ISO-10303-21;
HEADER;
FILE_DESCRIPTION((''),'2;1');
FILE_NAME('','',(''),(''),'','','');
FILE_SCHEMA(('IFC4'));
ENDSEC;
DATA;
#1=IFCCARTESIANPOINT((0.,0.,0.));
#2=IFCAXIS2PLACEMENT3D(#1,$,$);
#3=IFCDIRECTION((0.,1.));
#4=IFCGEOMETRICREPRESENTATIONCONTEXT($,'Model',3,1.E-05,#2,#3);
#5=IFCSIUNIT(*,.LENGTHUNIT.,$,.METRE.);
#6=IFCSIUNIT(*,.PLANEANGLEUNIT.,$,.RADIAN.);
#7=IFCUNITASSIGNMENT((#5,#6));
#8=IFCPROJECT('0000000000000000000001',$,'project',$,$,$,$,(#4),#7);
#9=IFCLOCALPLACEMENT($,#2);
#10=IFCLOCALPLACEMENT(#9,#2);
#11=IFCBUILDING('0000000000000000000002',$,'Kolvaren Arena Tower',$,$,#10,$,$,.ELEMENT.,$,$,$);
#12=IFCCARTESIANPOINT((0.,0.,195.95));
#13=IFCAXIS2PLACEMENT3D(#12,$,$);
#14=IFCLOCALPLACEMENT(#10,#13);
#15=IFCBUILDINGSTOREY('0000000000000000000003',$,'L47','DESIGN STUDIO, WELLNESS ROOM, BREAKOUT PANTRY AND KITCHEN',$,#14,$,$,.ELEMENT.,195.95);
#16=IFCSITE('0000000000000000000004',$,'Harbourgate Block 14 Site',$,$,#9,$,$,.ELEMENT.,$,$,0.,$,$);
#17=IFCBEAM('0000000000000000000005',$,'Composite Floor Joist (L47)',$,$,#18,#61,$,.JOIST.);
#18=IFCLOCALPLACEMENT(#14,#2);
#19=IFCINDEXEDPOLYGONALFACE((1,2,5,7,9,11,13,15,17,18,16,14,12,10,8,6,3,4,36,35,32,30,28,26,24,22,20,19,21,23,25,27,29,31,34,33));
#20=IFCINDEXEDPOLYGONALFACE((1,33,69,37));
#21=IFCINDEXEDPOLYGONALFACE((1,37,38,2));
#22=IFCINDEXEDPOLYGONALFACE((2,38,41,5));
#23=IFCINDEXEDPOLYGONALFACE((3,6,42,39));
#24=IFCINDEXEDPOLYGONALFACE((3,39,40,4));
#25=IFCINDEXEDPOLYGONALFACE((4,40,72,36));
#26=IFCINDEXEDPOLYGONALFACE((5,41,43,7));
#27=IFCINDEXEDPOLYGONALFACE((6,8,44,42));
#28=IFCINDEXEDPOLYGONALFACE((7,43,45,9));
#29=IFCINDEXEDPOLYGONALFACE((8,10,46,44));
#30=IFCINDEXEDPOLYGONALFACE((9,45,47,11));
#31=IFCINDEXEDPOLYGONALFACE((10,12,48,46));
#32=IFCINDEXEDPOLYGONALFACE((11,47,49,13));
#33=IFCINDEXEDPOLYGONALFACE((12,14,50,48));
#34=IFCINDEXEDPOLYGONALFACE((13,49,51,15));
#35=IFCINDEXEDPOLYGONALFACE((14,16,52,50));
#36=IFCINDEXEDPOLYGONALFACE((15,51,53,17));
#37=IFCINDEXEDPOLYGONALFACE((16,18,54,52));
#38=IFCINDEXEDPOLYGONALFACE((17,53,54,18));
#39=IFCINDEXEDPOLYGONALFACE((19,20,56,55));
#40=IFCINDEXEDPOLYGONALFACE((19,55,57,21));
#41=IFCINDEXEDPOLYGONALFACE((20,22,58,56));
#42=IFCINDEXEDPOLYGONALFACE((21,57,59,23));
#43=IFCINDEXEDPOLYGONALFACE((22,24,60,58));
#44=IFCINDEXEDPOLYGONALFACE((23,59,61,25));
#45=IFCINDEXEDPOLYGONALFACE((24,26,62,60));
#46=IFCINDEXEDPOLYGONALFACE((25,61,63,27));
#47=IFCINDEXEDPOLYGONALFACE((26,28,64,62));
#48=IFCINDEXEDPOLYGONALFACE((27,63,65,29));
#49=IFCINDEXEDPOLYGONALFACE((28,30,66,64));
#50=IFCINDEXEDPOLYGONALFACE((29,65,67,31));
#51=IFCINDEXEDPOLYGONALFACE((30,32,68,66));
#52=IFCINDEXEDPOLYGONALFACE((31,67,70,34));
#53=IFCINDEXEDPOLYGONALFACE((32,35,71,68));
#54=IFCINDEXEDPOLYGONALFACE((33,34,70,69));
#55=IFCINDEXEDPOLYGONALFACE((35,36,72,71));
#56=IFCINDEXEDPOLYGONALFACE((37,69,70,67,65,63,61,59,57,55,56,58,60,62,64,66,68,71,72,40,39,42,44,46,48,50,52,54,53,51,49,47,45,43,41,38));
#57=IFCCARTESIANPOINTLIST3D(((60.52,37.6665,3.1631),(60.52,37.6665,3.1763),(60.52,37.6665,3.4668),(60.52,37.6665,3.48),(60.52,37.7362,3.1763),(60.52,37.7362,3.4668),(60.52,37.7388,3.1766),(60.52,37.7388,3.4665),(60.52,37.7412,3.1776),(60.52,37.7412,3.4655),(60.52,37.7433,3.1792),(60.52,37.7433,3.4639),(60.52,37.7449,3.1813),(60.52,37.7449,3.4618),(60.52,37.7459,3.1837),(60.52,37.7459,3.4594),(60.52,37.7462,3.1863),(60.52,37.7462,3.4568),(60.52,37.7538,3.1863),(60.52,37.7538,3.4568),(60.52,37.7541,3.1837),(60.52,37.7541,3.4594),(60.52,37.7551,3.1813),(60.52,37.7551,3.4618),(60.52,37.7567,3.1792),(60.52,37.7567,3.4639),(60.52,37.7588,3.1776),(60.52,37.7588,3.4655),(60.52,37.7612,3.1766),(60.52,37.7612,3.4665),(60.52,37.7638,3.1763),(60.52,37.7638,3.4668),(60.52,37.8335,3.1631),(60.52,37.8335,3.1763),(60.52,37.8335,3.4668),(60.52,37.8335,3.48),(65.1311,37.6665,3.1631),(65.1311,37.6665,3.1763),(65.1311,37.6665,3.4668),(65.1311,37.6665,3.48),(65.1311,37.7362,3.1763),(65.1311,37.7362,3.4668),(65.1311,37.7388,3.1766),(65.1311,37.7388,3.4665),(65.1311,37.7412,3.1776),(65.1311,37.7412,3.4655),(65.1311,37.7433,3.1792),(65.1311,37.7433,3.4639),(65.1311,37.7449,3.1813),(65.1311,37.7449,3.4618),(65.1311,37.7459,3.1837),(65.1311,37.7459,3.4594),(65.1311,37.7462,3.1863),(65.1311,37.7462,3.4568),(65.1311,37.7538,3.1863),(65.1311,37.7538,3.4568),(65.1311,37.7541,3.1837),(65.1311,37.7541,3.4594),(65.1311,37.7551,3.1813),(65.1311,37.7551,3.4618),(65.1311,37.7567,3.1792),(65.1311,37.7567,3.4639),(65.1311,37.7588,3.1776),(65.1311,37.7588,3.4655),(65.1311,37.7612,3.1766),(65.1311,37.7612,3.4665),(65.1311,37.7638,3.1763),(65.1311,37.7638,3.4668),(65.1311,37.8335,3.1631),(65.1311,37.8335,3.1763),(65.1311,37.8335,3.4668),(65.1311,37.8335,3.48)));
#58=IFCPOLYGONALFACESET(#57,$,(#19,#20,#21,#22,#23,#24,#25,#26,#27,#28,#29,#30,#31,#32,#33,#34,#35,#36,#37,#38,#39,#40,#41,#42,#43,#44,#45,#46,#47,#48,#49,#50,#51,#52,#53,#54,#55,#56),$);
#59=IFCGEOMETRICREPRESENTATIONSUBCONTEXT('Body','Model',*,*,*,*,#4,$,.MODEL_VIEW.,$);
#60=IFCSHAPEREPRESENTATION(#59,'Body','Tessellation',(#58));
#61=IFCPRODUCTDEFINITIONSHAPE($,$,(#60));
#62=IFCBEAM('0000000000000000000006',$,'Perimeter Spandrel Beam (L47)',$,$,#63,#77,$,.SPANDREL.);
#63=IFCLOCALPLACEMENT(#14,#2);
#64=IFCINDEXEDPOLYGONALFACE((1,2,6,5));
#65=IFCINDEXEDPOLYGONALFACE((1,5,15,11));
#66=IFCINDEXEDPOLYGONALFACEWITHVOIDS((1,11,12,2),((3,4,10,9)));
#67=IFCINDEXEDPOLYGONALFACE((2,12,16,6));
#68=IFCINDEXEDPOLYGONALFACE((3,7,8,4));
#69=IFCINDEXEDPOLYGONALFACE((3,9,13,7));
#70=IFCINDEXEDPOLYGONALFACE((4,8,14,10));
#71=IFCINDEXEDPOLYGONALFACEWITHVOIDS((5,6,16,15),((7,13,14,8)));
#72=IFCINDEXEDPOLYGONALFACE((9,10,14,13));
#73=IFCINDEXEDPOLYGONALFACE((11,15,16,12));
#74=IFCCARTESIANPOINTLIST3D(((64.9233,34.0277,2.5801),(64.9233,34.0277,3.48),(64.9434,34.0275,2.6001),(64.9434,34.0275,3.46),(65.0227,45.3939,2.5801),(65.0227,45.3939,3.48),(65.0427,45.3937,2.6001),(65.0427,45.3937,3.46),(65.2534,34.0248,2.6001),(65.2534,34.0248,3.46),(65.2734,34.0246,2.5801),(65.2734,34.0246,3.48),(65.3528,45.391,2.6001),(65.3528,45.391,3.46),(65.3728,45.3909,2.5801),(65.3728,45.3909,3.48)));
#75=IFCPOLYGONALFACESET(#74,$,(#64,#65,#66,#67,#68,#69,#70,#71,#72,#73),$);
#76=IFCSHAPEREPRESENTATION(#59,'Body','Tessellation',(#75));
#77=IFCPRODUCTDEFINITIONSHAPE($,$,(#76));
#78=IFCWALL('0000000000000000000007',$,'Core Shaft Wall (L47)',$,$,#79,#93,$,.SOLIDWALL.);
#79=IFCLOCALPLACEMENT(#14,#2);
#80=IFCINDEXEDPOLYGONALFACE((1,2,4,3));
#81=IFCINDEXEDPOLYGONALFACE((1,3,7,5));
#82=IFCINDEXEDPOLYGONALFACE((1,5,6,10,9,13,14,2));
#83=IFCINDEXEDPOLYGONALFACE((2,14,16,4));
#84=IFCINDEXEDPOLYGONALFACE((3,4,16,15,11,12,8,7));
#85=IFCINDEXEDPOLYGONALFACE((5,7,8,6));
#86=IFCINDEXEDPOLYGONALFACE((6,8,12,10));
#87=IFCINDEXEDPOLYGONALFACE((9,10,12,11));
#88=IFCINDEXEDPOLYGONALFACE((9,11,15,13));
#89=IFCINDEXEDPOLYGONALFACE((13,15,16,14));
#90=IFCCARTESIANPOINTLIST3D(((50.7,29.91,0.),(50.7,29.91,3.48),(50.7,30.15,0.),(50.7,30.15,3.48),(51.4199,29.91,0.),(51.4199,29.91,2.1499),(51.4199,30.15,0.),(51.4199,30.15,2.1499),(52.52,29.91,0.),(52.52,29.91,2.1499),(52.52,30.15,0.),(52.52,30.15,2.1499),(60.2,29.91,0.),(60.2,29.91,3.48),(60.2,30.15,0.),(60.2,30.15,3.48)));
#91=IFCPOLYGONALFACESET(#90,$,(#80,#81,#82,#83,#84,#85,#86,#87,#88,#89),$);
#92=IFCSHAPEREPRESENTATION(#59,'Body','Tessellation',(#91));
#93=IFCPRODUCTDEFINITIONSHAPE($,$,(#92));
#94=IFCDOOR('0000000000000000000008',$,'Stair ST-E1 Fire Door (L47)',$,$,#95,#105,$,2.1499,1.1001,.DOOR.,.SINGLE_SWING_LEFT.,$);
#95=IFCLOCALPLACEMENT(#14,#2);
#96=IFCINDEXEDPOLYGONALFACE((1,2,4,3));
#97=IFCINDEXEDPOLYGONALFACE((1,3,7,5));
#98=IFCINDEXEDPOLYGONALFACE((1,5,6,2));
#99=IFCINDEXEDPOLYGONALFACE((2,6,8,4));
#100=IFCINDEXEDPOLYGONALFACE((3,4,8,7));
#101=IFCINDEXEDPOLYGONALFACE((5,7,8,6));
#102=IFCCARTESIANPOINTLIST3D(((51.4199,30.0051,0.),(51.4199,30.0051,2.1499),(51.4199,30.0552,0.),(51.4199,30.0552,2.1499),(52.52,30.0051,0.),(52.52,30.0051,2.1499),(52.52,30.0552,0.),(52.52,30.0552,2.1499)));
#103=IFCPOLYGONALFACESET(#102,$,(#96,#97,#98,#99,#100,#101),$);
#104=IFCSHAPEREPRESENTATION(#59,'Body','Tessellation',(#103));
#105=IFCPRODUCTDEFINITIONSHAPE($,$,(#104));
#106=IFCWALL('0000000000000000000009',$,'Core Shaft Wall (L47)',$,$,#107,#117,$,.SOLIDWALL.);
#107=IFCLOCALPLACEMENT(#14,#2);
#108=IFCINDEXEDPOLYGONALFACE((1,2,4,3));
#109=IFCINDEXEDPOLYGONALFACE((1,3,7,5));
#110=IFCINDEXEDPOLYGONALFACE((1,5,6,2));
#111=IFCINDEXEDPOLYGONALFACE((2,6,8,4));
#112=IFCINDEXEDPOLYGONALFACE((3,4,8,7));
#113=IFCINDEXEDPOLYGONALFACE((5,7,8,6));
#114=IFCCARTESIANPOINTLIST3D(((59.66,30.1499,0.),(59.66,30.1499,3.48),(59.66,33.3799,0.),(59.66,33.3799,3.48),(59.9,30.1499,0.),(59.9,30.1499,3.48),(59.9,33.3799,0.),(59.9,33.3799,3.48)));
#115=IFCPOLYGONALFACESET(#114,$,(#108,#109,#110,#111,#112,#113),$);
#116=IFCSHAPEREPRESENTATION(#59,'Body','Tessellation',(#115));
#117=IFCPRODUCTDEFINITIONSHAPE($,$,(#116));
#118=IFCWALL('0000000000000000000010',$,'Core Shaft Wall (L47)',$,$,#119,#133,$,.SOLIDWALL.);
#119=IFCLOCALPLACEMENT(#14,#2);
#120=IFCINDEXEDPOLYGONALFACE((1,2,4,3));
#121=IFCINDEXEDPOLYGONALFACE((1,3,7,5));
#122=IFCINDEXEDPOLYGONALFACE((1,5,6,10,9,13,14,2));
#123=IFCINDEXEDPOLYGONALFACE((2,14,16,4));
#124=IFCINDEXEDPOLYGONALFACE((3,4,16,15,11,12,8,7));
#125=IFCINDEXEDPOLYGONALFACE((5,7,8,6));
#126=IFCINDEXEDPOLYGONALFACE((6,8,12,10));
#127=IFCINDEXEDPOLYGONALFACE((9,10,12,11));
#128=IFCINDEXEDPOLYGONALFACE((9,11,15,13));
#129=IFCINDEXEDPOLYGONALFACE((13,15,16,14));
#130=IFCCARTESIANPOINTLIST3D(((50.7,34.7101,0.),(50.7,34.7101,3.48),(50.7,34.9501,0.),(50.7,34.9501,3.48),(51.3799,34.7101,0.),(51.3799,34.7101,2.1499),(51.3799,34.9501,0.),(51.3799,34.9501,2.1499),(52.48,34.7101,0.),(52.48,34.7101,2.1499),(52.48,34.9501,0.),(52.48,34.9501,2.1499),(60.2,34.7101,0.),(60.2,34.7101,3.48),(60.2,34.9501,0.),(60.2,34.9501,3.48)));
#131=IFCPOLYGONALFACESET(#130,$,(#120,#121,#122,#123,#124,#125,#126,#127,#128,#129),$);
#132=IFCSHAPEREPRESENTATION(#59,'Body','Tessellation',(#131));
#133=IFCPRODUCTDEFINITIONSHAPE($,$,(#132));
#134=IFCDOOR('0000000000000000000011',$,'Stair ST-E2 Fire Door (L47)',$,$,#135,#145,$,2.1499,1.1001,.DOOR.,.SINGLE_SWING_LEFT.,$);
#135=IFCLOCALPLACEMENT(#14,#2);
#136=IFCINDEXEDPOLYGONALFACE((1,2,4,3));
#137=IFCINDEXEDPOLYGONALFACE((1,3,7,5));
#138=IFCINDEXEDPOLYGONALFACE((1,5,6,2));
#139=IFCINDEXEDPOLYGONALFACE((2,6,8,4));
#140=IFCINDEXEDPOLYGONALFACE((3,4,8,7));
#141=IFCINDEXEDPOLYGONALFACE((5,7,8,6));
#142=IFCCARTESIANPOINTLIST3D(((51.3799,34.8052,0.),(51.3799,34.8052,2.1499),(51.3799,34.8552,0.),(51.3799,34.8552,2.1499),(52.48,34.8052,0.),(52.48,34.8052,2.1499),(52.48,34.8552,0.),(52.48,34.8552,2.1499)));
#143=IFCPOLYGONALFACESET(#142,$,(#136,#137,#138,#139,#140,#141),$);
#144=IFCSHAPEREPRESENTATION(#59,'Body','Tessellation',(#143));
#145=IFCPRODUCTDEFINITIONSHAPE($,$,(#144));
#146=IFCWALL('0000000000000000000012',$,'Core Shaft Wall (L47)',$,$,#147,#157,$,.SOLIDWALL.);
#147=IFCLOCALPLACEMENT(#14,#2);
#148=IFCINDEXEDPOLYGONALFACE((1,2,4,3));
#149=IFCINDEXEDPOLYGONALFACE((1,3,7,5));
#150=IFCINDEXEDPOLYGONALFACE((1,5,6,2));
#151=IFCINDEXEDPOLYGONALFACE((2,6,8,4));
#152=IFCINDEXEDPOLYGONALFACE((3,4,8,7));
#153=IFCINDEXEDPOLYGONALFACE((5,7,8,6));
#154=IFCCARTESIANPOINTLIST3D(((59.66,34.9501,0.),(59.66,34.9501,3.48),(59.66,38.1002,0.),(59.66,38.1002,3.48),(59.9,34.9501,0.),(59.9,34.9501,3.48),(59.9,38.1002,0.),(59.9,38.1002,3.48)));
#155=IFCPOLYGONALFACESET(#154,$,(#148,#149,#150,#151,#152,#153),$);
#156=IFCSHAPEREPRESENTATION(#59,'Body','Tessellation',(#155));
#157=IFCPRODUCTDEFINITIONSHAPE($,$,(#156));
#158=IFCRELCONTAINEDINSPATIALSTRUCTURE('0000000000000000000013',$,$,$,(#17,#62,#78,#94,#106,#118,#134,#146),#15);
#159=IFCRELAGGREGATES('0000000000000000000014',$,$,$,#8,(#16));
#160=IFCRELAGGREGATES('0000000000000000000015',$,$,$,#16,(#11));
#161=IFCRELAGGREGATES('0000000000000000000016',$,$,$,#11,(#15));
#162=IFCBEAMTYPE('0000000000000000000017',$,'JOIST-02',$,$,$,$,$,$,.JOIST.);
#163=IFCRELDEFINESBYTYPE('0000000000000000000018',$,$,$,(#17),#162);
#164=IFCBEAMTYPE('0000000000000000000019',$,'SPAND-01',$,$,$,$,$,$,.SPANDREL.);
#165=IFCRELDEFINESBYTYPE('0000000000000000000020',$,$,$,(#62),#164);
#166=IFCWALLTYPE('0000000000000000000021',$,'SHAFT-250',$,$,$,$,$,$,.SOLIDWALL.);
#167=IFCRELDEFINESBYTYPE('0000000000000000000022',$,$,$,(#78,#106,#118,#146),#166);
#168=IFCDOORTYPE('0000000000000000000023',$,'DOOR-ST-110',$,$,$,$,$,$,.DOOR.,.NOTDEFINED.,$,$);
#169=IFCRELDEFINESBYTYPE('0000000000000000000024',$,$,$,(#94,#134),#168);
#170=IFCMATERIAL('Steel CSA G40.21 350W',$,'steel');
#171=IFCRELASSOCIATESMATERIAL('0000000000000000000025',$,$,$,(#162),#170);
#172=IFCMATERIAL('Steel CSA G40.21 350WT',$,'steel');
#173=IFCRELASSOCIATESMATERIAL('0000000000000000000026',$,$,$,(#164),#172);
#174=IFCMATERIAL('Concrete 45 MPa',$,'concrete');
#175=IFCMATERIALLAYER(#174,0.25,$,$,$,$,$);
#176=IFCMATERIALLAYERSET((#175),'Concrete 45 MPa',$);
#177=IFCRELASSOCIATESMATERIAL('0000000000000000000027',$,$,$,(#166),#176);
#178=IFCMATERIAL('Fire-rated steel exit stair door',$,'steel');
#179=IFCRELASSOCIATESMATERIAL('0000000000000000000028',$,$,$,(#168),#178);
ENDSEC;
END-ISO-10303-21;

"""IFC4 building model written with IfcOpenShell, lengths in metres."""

from ifc_helpers import new_model, si_unit, direction, frame, frame_2d, origin, origin_2d, place, context, subcontext, project, spatial, rectangle, hollow_rectangle, i_section, extrude, material, layer, layer_set, material_profile, profile_set, type_object, element, fill, save


model = new_model("IFC4")

# Units and contexts
model_context = context("Model", 3, precision=1e-05, world=origin(), true_north=direction((0.0, 1.0)))
body_context = subcontext(model_context, "Body", "Model", "MODEL_VIEW")
ifc_project = project(units=[si_unit("LENGTHUNIT", "METRE"), si_unit("PLANEANGLEUNIT", "RADIAN")], contexts=[model_context])

# Site, building, storey
site_placement = place(None, origin())
site = spatial("IfcSite", under=ifc_project, at=site_placement, Name="Harbourgate Block 14 Site", CompositionType="ELEMENT", RefElevation=0.0)
building_placement = place(site_placement, origin())
building = spatial("IfcBuilding", under=site, at=building_placement, Name="Kolvaren Arena Tower", CompositionType="ELEMENT")
storey_placement = place(building_placement, frame((0.0, 0.0, 195.95)))
storey = spatial("IfcBuildingStorey", under=building, at=storey_placement, Name="L47", Description="DESIGN STUDIO, WELLNESS ROOM, BREAKOUT PANTRY AND KITCHEN", CompositionType="ELEMENT", Elevation=195.95)

# Beams
ifc_material_1 = material(Name="Steel CSA G40.21 350W", Category="steel")
ifc_material_profile_1 = material_profile(ifc_material_1, i_section(OverallWidth=0.167, OverallDepth=0.3169, WebThickness=0.0076, FlangeThickness=0.0132, FilletRadius=0.01, at=origin_2d()), Name="W310x52")
ifc_profile_set_1 = profile_set([ifc_material_profile_1], Name="Steel CSA G40.21 350W")
beam_type_1 = type_object("IfcBeamType", Name="JOIST-02", PredefinedType="JOIST", material=ifc_profile_set_1)
beam_1_placement = place(storey_placement, frame((60.52, 37.75, 3.3215), z_axis=(1.0, 0.0, 0.0), x_axis=(0.0, 1.0, 0.0)))
element("IfcBeam", 1, at=beam_1_placement, inside=storey, type_object=beam_type_1, Name="Composite Floor Joist (L47)", PredefinedType="JOIST", context=body_context, shape_type="SweptSolid", body=[
    extrude(i_section(OverallWidth=0.167, OverallDepth=0.3169, WebThickness=0.0076, FlangeThickness=0.0132, FilletRadius=0.01, at=origin_2d()), origin(), (0.0, 0.0, 1.0), 4.6111),
])
ifc_material_2 = material(Name="Steel CSA G40.21 350WT", Category="steel")
ifc_material_profile_2 = material_profile(ifc_material_2, hollow_rectangle(XDim=0.3501, YDim=0.8999, WallThickness=0.02, at=origin_2d()), Name="HSS 900x350x20")
ifc_profile_set_2 = profile_set([ifc_material_profile_2], Name="Steel CSA G40.21 350WT")
beam_type_2 = type_object("IfcBeamType", Name="SPAND-01", PredefinedType="SPANDREL", material=ifc_profile_set_2)
beam_2_placement = place(storey_placement, frame((65.0984, 34.0261, 3.03), z_axis=(0.008742, 0.999962, 0.0), x_axis=(-0.999962, 0.008742, 0.0)))
element("IfcBeam", 2, at=beam_2_placement, inside=storey, type_object=beam_type_2, Name="Perimeter Spandrel Beam (L47)", PredefinedType="SPANDREL", context=body_context, shape_type="SweptSolid", body=[
    extrude(hollow_rectangle(XDim=0.3501, YDim=0.8999, WallThickness=0.02, at=origin_2d()), origin(), (0.0, 0.0, 1.0), 11.3667),
])

# Wall, opening, door
ifc_material_3 = material(Name="Concrete 45 MPa", Category="concrete")
ifc_layer = layer(ifc_material_3, 0.25)
ifc_layer_set = layer_set([ifc_layer], Name="Concrete 45 MPa")
wall_type = type_object("IfcWallType", Name="SHAFT-250", PredefinedType="SOLIDWALL", material=ifc_layer_set)
wall_1_placement = place(storey_placement, frame((60.2, 30.03, 0.0), z_axis=(0.0, 0.0, 1.0), x_axis=(-1.0, 0.0, 0.0)))
wall_1 = element("IfcWall", 3, at=wall_1_placement, inside=storey, type_object=wall_type, Name="Core Shaft Wall (L47)", PredefinedType="SOLIDWALL", context=body_context, shape_type="SweptSolid", body=[
    extrude(rectangle(XDim=9.5, YDim=0.24, at=frame_2d((4.75, 0.0))), origin(), (0.0, 0.0, 1.0), 3.48),
])
opening_1_placement = place(wall_1_placement, frame((7.6799, 0.0, 0.0)))
opening_1 = element("IfcOpeningElement", 4, at=opening_1_placement, cuts=wall_1, PredefinedType="OPENING", context=body_context, shape_type="SweptSolid", body=[
    extrude(rectangle(XDim=1.1001, YDim=2.1499, at=frame_2d((0.55, 1.075))), frame((0.0, 0.1299, 0.0), z_axis=(0.0, -1.0, 0.0), x_axis=(1.0, 0.0, 0.0)), (0.0, 0.0, 1.0), 0.26),
])
ifc_material_4 = material(Name="Fire-rated steel exit stair door", Category="steel")
door_type = type_object("IfcDoorType", Name="DOOR-ST-110", OperationType="NOTDEFINED", PredefinedType="DOOR", material=ifc_material_4)
door_1_placement = place(opening_1_placement, origin())
door_1 = element("IfcDoor", 5, at=door_1_placement, inside=storey, type_object=door_type, Name="Stair ST-E1 Fire Door (L47)", OperationType="SINGLE_SWING_LEFT", OverallHeight=2.1499, OverallWidth=1.1001, PredefinedType="DOOR", context=body_context, shape_type="SweptSolid", body=[
    extrude(rectangle(XDim=1.1001, YDim=2.1499, at=frame_2d((0.55, 1.075))), frame((0.0, 0.0249, 0.0), z_axis=(0.0, -1.0, 0.0), x_axis=(1.0, 0.0, 0.0)), (0.0, 0.0, 1.0), 0.05),
])
fill(opening_1, door_1)

# Wall
wall_2_placement = place(storey_placement, frame((59.78, 30.1499, 0.0), z_axis=(0.0, 0.0, 1.0), x_axis=(0.0, 1.0, 0.0)))
element("IfcWall", 6, at=wall_2_placement, inside=storey, type_object=wall_type, Name="Core Shaft Wall (L47)", PredefinedType="SOLIDWALL", context=body_context, shape_type="SweptSolid", body=[
    extrude(rectangle(XDim=3.23, YDim=0.24, at=frame_2d((1.615, 0.0))), origin(), (0.0, 0.0, 1.0), 3.48),
])

# Wall, opening, door
wall_3_placement = place(storey_placement, frame((60.2, 34.8301, 0.0), z_axis=(0.0, 0.0, 1.0), x_axis=(-1.0, 0.0, 0.0)))
wall_3 = element("IfcWall", 7, at=wall_3_placement, inside=storey, type_object=wall_type, Name="Core Shaft Wall (L47)", PredefinedType="SOLIDWALL", context=body_context, shape_type="SweptSolid", body=[
    extrude(rectangle(XDim=9.5, YDim=0.24, at=frame_2d((4.75, 0.0))), origin(), (0.0, 0.0, 1.0), 3.48),
])
opening_2_placement = place(wall_3_placement, frame((7.72, 0.0, 0.0)))
opening_2 = element("IfcOpeningElement", 8, at=opening_2_placement, cuts=wall_3, PredefinedType="OPENING", context=body_context, shape_type="SweptSolid", body=[
    extrude(rectangle(XDim=1.1001, YDim=2.1499, at=frame_2d((0.55, 1.075))), frame((0.0, 0.1299, 0.0), z_axis=(0.0, -1.0, 0.0), x_axis=(1.0, 0.0, 0.0)), (0.0, 0.0, 1.0), 0.26),
])
door_2_placement = place(opening_2_placement, origin())
door_2 = element("IfcDoor", 9, at=door_2_placement, inside=storey, type_object=door_type, Name="Stair ST-E2 Fire Door (L47)", OperationType="SINGLE_SWING_LEFT", OverallHeight=2.1499, OverallWidth=1.1001, PredefinedType="DOOR", context=body_context, shape_type="SweptSolid", body=[
    extrude(rectangle(XDim=1.1001, YDim=2.1499, at=frame_2d((0.55, 1.075))), frame((0.0, 0.0249, 0.0), z_axis=(0.0, -1.0, 0.0), x_axis=(1.0, 0.0, 0.0)), (0.0, 0.0, 1.0), 0.05),
])
fill(opening_2, door_2)

# Wall
wall_4_placement = place(storey_placement, frame((59.78, 34.95, 0.0), z_axis=(0.0, 0.0, 1.0), x_axis=(0.0, 1.0, 0.0)))
element("IfcWall", 10, at=wall_4_placement, inside=storey, type_object=wall_type, Name="Core Shaft Wall (L47)", PredefinedType="SOLIDWALL", context=body_context, shape_type="SweptSolid", body=[
    extrude(rectangle(XDim=3.1501, YDim=0.24, at=frame_2d((1.5752, 0.0))), origin(), (0.0, 0.0, 1.0), 3.48),
])

save(model, "model.ifc")
